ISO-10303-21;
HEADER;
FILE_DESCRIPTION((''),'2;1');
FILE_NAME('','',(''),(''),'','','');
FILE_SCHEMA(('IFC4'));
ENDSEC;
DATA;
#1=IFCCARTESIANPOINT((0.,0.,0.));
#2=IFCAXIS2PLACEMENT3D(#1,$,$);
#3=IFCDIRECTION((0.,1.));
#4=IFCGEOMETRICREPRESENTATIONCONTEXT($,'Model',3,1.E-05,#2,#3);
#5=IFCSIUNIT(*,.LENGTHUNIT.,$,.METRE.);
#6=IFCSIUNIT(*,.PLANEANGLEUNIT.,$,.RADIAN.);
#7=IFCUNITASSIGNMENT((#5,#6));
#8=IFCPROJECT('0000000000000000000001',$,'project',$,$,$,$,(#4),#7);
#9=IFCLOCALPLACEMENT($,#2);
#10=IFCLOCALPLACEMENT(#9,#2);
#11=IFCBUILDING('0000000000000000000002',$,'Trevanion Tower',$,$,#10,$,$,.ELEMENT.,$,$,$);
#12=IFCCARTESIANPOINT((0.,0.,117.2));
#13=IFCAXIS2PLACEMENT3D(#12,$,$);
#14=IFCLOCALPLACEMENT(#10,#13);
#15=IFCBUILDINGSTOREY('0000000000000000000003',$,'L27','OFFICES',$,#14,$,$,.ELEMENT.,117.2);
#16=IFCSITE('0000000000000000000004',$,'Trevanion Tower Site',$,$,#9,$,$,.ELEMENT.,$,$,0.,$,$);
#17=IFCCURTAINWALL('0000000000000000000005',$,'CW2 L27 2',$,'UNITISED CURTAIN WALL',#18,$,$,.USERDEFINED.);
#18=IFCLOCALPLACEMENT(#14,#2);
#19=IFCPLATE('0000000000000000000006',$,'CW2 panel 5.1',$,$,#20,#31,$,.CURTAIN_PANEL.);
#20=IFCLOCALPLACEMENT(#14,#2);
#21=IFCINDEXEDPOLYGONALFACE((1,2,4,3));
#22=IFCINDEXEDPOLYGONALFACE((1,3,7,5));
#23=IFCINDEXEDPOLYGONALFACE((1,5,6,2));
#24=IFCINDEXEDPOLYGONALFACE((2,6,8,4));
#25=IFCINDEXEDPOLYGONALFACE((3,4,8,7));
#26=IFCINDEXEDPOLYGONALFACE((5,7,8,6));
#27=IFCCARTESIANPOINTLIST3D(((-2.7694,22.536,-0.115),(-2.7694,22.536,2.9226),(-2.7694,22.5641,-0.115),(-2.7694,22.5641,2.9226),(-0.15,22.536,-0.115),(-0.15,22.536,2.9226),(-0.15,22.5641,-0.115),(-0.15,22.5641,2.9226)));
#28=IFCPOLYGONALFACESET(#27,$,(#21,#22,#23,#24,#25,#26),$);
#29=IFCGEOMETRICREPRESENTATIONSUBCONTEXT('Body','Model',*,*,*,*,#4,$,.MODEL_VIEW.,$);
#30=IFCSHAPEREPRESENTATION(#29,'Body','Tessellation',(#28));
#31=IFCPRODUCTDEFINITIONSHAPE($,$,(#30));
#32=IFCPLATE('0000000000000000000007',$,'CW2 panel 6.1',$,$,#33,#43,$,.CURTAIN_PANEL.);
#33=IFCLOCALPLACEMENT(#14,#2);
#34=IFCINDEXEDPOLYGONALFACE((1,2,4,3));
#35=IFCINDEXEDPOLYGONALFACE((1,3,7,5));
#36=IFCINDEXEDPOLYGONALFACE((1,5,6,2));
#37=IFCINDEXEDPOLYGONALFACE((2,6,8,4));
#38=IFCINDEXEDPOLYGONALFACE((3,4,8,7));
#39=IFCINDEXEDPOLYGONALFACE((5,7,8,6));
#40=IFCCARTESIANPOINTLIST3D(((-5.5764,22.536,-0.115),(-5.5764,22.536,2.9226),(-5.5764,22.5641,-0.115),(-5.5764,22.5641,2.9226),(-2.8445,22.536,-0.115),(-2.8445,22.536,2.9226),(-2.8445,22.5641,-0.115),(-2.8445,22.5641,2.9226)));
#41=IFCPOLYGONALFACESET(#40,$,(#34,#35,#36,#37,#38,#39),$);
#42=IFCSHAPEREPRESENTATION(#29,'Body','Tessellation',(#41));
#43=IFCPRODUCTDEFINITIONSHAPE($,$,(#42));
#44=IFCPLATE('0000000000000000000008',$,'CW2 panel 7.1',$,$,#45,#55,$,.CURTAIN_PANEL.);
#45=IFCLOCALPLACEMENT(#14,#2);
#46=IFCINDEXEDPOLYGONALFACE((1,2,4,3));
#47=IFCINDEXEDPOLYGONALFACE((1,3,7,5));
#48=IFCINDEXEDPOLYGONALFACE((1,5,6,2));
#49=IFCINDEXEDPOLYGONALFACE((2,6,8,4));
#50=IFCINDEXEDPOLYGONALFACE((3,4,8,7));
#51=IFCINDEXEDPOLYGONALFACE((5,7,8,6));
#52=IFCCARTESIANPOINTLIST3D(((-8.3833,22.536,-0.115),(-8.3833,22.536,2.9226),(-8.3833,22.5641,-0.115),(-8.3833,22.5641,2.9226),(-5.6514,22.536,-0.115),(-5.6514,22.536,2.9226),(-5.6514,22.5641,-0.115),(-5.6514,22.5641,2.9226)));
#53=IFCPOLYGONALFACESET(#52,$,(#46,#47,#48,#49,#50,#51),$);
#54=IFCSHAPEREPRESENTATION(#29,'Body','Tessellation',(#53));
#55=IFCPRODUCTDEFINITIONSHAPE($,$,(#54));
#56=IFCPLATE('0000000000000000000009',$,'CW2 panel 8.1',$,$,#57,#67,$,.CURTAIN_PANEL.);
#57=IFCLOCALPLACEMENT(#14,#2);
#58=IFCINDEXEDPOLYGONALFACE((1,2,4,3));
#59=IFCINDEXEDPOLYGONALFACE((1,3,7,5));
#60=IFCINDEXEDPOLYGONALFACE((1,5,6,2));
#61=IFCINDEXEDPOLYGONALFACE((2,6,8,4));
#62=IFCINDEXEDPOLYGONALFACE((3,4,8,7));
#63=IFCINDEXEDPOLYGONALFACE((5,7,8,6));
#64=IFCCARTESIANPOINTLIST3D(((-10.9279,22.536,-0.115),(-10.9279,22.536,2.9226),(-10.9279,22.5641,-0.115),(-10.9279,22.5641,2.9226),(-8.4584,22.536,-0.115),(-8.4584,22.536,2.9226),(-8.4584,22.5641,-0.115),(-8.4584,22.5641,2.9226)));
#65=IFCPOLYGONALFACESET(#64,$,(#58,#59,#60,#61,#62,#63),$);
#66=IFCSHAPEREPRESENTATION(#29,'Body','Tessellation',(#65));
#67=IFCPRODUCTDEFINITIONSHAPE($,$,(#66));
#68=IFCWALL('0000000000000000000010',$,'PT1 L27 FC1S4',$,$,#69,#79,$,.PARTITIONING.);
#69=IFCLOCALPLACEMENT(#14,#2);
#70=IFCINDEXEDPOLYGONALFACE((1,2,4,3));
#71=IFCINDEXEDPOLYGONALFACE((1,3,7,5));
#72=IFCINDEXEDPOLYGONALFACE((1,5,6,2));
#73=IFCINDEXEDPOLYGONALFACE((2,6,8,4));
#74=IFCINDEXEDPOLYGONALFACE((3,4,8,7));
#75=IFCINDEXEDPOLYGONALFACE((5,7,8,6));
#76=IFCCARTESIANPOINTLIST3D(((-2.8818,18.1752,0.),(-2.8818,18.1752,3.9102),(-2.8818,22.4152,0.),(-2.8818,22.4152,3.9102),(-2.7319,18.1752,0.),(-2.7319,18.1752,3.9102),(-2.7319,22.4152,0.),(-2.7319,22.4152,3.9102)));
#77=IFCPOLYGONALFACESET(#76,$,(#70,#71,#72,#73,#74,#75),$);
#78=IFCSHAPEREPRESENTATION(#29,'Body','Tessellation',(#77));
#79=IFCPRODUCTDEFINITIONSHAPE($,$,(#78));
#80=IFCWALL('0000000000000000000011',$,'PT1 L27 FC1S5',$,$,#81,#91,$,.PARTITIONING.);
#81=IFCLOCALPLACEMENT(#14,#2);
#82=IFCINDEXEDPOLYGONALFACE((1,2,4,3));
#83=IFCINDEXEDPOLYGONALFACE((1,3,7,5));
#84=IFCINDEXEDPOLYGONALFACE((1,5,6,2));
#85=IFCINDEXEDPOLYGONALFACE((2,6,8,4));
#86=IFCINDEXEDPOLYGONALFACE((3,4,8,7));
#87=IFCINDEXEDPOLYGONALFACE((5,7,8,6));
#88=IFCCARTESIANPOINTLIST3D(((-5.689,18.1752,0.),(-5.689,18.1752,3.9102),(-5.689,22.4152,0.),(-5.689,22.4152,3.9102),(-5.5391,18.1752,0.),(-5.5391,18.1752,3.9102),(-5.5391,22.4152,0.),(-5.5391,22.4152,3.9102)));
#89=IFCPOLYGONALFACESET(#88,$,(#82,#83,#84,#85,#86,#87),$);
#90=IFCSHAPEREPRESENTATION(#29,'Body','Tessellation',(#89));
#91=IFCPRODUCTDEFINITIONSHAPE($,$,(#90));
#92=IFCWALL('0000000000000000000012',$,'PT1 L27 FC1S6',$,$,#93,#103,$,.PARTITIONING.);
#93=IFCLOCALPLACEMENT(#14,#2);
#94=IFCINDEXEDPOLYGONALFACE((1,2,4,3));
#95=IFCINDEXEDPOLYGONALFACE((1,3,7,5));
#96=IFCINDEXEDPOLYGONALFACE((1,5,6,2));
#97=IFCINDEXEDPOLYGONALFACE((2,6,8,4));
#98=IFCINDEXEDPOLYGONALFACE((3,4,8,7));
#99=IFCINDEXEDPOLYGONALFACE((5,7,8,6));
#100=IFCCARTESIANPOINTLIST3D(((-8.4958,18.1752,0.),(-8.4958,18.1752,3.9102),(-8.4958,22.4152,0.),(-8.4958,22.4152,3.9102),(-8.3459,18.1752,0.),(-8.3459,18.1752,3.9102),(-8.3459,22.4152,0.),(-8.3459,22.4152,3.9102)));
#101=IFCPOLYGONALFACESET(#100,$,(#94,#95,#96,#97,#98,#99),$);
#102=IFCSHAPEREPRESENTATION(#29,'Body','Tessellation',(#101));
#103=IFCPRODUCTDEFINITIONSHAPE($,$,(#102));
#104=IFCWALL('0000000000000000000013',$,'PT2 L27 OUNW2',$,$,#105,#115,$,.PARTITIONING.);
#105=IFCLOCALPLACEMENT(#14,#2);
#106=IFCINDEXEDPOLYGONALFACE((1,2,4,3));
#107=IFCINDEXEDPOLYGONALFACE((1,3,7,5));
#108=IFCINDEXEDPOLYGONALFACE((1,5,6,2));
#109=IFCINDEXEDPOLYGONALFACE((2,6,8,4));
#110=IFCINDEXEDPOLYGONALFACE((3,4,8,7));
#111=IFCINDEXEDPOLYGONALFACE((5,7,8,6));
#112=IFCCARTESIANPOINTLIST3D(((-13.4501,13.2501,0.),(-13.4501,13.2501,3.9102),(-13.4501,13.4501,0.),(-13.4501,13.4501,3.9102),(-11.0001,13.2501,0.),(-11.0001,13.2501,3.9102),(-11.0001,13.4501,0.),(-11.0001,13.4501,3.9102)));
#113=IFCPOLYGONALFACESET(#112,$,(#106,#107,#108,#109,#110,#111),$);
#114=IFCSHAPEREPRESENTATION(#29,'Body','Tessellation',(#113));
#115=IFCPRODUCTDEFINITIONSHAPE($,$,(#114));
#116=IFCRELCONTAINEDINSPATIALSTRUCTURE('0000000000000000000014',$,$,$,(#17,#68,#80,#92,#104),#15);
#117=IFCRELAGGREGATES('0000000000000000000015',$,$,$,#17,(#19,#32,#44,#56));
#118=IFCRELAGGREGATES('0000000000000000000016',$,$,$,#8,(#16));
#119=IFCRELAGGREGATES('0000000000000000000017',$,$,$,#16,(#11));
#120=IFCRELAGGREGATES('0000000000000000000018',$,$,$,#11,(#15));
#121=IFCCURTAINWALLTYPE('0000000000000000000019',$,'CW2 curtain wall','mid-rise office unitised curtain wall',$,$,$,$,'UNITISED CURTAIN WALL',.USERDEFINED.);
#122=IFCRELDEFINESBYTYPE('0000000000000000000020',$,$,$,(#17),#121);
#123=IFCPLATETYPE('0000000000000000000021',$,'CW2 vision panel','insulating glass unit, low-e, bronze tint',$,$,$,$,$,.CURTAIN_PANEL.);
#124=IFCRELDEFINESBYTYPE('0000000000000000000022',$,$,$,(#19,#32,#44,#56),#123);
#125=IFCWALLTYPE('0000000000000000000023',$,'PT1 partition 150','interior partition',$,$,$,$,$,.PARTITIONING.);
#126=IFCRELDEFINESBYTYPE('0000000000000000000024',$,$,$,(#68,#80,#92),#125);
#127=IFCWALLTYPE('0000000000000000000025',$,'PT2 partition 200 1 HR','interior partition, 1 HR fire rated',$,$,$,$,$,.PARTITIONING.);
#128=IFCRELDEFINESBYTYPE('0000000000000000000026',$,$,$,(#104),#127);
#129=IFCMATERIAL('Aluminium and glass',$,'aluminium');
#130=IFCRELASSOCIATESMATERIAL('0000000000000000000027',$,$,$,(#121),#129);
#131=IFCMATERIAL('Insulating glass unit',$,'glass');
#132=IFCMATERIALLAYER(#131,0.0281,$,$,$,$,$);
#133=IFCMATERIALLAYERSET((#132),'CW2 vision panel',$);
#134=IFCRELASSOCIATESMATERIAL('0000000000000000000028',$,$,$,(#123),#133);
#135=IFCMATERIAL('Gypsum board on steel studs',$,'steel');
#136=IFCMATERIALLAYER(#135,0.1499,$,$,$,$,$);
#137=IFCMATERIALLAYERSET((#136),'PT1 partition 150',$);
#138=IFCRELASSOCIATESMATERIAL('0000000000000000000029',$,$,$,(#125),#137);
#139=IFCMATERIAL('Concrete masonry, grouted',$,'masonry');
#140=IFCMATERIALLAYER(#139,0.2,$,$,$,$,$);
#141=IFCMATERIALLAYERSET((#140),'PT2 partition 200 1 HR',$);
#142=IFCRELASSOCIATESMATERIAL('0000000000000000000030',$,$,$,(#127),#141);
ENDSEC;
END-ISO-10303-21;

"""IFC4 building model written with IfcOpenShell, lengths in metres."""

from ifc_helpers import new_model, si_unit, direction, frame, frame_2d, origin, origin_2d, place, context, subcontext, project, spatial, rectangle, extrude, material, layer, layer_set, type_object, element, aggregate, save


model = new_model("IFC4")

# Units and contexts
model_context = context("Model", 3, precision=1e-05, world=origin(), true_north=direction((0.0, 1.0)))
body_context = subcontext(model_context, "Body", "Model", "MODEL_VIEW")
ifc_project = project(units=[si_unit("LENGTHUNIT", "METRE"), si_unit("PLANEANGLEUNIT", "RADIAN")], contexts=[model_context])

# Site, building, storey
site_placement = place(None, origin())
site = spatial("IfcSite", under=ifc_project, at=site_placement, Name="Trevanion Tower Site", CompositionType="ELEMENT", RefElevation=0.0)
building_placement = place(site_placement, origin())
building = spatial("IfcBuilding", under=site, at=building_placement, Name="Trevanion Tower", CompositionType="ELEMENT")
storey_placement = place(building_placement, frame((0.0, 0.0, 117.2)))
storey = spatial("IfcBuildingStorey", under=building, at=storey_placement, Name="L27", Description="OFFICES", CompositionType="ELEMENT", Elevation=117.2)

# Curtain wall
ifc_material_1 = material(Name="Aluminium and glass", Category="aluminium")
curtain_wall_type = type_object("IfcCurtainWallType", Name="CW2 curtain wall", Description="mid-rise office unitised curtain wall", ElementType="UNITISED CURTAIN WALL", PredefinedType="USERDEFINED", material=ifc_material_1)
curtain_wall_1_placement = place(storey_placement, origin())
curtain_wall_1 = element("IfcCurtainWall", 1, at=curtain_wall_1_placement, inside=storey, type_object=curtain_wall_type, Name="CW2 L27 2", ObjectType="UNITISED CURTAIN WALL", PredefinedType="USERDEFINED")

# Plates
ifc_material_2 = material(Name="Insulating glass unit", Category="glass")
ifc_layer_1 = layer(ifc_material_2, 0.0281)
ifc_layer_set_1 = layer_set([ifc_layer_1], Name="CW2 vision panel")
plate_type_1 = type_object("IfcPlateType", Name="CW2 vision panel", Description="insulating glass unit, low-e, bronze tint", PredefinedType="CURTAIN_PANEL", material=ifc_layer_set_1)
plate_1_placement = place(storey_placement, frame((-1.4597, 22.55, -0.115), z_axis=(0.0, 0.0, 1.0), x_axis=(-1.0, 0.0, 0.0)))
plate_1 = element("IfcPlate", 2, at=plate_1_placement, type_object=plate_type_1, Name="CW2 panel 5.1", PredefinedType="CURTAIN_PANEL", context=body_context, shape_type="SweptSolid", body=[
    extrude(rectangle(XDim=2.6194, YDim=0.0281, at=origin_2d()), origin(), (0.0, 0.0, 1.0), 3.0376),
])
plate_2_placement = place(storey_placement, frame((-4.2104, 22.55, -0.115), z_axis=(0.0, 0.0, 1.0), x_axis=(-1.0, 0.0, 0.0)))
plate_2 = element("IfcPlate", 3, at=plate_2_placement, type_object=plate_type_1, Name="CW2 panel 6.1", PredefinedType="CURTAIN_PANEL", context=body_context, shape_type="SweptSolid", body=[
    extrude(rectangle(XDim=2.7319, YDim=0.0281, at=origin_2d()), origin(), (0.0, 0.0, 1.0), 3.0376),
])
plate_3_placement = place(storey_placement, frame((-7.0173, 22.55, -0.115), z_axis=(0.0, 0.0, 1.0), x_axis=(-1.0, 0.0, 0.0)))
plate_3 = element("IfcPlate", 4, at=plate_3_placement, type_object=plate_type_1, Name="CW2 panel 7.1", PredefinedType="CURTAIN_PANEL", context=body_context, shape_type="SweptSolid", body=[
    extrude(rectangle(XDim=2.7319, YDim=0.0281, at=origin_2d()), origin(), (0.0, 0.0, 1.0), 3.0376),
])
plate_4_placement = place(storey_placement, frame((-9.6931, 22.55, -0.115), z_axis=(0.0, 0.0, 1.0), x_axis=(-1.0, 0.0, 0.0)))
plate_4 = element("IfcPlate", 5, at=plate_4_placement, type_object=plate_type_1, Name="CW2 panel 8.1", PredefinedType="CURTAIN_PANEL", context=body_context, shape_type="SweptSolid", body=[
    extrude(rectangle(XDim=2.4695, YDim=0.0281, at=origin_2d()), origin(), (0.0, 0.0, 1.0), 3.0376),
])
aggregate(curtain_wall_1, [plate_1, plate_2, plate_3, plate_4])

# Walls
ifc_material_3 = material(Name="Gypsum board on steel studs", Category="steel")
ifc_layer_2 = layer(ifc_material_3, 0.1499)
ifc_layer_set_2 = layer_set([ifc_layer_2], Name="PT1 partition 150")
wall_type_1 = type_object("IfcWallType", Name="PT1 partition 150", Description="interior partition", PredefinedType="PARTITIONING", material=ifc_layer_set_2)
for number, where, z_axis, x_axis, name in (
    (6, (-2.8069, 18.175, 0.0), (0.0, 0.0, 1.0), (0.0, 1.0, 0.0), "PT1 L27 FC1S4"),
    (7, (-5.614, 18.175, 0.0), (0.0, 0.0, 1.0), (0.0, 1.0, 0.0), "PT1 L27 FC1S5"),
    (8, (-8.4209, 18.175, 0.0), (0.0, 0.0, 1.0), (0.0, 1.0, 0.0), "PT1 L27 FC1S6"),
):
    element("IfcWall", number, at=place(storey_placement, frame(where, z_axis=z_axis, x_axis=x_axis)), inside=storey, type_object=wall_type_1, Name=name, PredefinedType="PARTITIONING", context=body_context, shape_type="SweptSolid", body=[
        extrude(rectangle(XDim=4.24, YDim=0.1499, at=frame_2d((2.1201, 0.0))), origin(), (0.0, 0.0, 1.0), 3.9102),
    ])
ifc_material_4 = material(Name="Concrete masonry, grouted", Category="masonry")
ifc_layer_3 = layer(ifc_material_4, 0.2)
ifc_layer_set_3 = layer_set([ifc_layer_3], Name="PT2 partition 200 1 HR")
wall_type_2 = type_object("IfcWallType", Name="PT2 partition 200 1 HR", Description="interior partition, 1 HR fire rated", PredefinedType="PARTITIONING", material=ifc_layer_set_3)
wall_placement = place(storey_placement, frame((-11.0, 13.3501, 0.0), z_axis=(0.0, 0.0, 1.0), x_axis=(-1.0, 0.0, 0.0)))
element("IfcWall", 9, at=wall_placement, inside=storey, type_object=wall_type_2, Name="PT2 L27 OUNW2", PredefinedType="PARTITIONING", context=body_context, shape_type="SweptSolid", body=[
    extrude(rectangle(XDim=2.45, YDim=0.2, at=frame_2d((1.2251, 0.0))), origin(), (0.0, 0.0, 1.0), 3.9102),
])

save(model, "model.ifc")
